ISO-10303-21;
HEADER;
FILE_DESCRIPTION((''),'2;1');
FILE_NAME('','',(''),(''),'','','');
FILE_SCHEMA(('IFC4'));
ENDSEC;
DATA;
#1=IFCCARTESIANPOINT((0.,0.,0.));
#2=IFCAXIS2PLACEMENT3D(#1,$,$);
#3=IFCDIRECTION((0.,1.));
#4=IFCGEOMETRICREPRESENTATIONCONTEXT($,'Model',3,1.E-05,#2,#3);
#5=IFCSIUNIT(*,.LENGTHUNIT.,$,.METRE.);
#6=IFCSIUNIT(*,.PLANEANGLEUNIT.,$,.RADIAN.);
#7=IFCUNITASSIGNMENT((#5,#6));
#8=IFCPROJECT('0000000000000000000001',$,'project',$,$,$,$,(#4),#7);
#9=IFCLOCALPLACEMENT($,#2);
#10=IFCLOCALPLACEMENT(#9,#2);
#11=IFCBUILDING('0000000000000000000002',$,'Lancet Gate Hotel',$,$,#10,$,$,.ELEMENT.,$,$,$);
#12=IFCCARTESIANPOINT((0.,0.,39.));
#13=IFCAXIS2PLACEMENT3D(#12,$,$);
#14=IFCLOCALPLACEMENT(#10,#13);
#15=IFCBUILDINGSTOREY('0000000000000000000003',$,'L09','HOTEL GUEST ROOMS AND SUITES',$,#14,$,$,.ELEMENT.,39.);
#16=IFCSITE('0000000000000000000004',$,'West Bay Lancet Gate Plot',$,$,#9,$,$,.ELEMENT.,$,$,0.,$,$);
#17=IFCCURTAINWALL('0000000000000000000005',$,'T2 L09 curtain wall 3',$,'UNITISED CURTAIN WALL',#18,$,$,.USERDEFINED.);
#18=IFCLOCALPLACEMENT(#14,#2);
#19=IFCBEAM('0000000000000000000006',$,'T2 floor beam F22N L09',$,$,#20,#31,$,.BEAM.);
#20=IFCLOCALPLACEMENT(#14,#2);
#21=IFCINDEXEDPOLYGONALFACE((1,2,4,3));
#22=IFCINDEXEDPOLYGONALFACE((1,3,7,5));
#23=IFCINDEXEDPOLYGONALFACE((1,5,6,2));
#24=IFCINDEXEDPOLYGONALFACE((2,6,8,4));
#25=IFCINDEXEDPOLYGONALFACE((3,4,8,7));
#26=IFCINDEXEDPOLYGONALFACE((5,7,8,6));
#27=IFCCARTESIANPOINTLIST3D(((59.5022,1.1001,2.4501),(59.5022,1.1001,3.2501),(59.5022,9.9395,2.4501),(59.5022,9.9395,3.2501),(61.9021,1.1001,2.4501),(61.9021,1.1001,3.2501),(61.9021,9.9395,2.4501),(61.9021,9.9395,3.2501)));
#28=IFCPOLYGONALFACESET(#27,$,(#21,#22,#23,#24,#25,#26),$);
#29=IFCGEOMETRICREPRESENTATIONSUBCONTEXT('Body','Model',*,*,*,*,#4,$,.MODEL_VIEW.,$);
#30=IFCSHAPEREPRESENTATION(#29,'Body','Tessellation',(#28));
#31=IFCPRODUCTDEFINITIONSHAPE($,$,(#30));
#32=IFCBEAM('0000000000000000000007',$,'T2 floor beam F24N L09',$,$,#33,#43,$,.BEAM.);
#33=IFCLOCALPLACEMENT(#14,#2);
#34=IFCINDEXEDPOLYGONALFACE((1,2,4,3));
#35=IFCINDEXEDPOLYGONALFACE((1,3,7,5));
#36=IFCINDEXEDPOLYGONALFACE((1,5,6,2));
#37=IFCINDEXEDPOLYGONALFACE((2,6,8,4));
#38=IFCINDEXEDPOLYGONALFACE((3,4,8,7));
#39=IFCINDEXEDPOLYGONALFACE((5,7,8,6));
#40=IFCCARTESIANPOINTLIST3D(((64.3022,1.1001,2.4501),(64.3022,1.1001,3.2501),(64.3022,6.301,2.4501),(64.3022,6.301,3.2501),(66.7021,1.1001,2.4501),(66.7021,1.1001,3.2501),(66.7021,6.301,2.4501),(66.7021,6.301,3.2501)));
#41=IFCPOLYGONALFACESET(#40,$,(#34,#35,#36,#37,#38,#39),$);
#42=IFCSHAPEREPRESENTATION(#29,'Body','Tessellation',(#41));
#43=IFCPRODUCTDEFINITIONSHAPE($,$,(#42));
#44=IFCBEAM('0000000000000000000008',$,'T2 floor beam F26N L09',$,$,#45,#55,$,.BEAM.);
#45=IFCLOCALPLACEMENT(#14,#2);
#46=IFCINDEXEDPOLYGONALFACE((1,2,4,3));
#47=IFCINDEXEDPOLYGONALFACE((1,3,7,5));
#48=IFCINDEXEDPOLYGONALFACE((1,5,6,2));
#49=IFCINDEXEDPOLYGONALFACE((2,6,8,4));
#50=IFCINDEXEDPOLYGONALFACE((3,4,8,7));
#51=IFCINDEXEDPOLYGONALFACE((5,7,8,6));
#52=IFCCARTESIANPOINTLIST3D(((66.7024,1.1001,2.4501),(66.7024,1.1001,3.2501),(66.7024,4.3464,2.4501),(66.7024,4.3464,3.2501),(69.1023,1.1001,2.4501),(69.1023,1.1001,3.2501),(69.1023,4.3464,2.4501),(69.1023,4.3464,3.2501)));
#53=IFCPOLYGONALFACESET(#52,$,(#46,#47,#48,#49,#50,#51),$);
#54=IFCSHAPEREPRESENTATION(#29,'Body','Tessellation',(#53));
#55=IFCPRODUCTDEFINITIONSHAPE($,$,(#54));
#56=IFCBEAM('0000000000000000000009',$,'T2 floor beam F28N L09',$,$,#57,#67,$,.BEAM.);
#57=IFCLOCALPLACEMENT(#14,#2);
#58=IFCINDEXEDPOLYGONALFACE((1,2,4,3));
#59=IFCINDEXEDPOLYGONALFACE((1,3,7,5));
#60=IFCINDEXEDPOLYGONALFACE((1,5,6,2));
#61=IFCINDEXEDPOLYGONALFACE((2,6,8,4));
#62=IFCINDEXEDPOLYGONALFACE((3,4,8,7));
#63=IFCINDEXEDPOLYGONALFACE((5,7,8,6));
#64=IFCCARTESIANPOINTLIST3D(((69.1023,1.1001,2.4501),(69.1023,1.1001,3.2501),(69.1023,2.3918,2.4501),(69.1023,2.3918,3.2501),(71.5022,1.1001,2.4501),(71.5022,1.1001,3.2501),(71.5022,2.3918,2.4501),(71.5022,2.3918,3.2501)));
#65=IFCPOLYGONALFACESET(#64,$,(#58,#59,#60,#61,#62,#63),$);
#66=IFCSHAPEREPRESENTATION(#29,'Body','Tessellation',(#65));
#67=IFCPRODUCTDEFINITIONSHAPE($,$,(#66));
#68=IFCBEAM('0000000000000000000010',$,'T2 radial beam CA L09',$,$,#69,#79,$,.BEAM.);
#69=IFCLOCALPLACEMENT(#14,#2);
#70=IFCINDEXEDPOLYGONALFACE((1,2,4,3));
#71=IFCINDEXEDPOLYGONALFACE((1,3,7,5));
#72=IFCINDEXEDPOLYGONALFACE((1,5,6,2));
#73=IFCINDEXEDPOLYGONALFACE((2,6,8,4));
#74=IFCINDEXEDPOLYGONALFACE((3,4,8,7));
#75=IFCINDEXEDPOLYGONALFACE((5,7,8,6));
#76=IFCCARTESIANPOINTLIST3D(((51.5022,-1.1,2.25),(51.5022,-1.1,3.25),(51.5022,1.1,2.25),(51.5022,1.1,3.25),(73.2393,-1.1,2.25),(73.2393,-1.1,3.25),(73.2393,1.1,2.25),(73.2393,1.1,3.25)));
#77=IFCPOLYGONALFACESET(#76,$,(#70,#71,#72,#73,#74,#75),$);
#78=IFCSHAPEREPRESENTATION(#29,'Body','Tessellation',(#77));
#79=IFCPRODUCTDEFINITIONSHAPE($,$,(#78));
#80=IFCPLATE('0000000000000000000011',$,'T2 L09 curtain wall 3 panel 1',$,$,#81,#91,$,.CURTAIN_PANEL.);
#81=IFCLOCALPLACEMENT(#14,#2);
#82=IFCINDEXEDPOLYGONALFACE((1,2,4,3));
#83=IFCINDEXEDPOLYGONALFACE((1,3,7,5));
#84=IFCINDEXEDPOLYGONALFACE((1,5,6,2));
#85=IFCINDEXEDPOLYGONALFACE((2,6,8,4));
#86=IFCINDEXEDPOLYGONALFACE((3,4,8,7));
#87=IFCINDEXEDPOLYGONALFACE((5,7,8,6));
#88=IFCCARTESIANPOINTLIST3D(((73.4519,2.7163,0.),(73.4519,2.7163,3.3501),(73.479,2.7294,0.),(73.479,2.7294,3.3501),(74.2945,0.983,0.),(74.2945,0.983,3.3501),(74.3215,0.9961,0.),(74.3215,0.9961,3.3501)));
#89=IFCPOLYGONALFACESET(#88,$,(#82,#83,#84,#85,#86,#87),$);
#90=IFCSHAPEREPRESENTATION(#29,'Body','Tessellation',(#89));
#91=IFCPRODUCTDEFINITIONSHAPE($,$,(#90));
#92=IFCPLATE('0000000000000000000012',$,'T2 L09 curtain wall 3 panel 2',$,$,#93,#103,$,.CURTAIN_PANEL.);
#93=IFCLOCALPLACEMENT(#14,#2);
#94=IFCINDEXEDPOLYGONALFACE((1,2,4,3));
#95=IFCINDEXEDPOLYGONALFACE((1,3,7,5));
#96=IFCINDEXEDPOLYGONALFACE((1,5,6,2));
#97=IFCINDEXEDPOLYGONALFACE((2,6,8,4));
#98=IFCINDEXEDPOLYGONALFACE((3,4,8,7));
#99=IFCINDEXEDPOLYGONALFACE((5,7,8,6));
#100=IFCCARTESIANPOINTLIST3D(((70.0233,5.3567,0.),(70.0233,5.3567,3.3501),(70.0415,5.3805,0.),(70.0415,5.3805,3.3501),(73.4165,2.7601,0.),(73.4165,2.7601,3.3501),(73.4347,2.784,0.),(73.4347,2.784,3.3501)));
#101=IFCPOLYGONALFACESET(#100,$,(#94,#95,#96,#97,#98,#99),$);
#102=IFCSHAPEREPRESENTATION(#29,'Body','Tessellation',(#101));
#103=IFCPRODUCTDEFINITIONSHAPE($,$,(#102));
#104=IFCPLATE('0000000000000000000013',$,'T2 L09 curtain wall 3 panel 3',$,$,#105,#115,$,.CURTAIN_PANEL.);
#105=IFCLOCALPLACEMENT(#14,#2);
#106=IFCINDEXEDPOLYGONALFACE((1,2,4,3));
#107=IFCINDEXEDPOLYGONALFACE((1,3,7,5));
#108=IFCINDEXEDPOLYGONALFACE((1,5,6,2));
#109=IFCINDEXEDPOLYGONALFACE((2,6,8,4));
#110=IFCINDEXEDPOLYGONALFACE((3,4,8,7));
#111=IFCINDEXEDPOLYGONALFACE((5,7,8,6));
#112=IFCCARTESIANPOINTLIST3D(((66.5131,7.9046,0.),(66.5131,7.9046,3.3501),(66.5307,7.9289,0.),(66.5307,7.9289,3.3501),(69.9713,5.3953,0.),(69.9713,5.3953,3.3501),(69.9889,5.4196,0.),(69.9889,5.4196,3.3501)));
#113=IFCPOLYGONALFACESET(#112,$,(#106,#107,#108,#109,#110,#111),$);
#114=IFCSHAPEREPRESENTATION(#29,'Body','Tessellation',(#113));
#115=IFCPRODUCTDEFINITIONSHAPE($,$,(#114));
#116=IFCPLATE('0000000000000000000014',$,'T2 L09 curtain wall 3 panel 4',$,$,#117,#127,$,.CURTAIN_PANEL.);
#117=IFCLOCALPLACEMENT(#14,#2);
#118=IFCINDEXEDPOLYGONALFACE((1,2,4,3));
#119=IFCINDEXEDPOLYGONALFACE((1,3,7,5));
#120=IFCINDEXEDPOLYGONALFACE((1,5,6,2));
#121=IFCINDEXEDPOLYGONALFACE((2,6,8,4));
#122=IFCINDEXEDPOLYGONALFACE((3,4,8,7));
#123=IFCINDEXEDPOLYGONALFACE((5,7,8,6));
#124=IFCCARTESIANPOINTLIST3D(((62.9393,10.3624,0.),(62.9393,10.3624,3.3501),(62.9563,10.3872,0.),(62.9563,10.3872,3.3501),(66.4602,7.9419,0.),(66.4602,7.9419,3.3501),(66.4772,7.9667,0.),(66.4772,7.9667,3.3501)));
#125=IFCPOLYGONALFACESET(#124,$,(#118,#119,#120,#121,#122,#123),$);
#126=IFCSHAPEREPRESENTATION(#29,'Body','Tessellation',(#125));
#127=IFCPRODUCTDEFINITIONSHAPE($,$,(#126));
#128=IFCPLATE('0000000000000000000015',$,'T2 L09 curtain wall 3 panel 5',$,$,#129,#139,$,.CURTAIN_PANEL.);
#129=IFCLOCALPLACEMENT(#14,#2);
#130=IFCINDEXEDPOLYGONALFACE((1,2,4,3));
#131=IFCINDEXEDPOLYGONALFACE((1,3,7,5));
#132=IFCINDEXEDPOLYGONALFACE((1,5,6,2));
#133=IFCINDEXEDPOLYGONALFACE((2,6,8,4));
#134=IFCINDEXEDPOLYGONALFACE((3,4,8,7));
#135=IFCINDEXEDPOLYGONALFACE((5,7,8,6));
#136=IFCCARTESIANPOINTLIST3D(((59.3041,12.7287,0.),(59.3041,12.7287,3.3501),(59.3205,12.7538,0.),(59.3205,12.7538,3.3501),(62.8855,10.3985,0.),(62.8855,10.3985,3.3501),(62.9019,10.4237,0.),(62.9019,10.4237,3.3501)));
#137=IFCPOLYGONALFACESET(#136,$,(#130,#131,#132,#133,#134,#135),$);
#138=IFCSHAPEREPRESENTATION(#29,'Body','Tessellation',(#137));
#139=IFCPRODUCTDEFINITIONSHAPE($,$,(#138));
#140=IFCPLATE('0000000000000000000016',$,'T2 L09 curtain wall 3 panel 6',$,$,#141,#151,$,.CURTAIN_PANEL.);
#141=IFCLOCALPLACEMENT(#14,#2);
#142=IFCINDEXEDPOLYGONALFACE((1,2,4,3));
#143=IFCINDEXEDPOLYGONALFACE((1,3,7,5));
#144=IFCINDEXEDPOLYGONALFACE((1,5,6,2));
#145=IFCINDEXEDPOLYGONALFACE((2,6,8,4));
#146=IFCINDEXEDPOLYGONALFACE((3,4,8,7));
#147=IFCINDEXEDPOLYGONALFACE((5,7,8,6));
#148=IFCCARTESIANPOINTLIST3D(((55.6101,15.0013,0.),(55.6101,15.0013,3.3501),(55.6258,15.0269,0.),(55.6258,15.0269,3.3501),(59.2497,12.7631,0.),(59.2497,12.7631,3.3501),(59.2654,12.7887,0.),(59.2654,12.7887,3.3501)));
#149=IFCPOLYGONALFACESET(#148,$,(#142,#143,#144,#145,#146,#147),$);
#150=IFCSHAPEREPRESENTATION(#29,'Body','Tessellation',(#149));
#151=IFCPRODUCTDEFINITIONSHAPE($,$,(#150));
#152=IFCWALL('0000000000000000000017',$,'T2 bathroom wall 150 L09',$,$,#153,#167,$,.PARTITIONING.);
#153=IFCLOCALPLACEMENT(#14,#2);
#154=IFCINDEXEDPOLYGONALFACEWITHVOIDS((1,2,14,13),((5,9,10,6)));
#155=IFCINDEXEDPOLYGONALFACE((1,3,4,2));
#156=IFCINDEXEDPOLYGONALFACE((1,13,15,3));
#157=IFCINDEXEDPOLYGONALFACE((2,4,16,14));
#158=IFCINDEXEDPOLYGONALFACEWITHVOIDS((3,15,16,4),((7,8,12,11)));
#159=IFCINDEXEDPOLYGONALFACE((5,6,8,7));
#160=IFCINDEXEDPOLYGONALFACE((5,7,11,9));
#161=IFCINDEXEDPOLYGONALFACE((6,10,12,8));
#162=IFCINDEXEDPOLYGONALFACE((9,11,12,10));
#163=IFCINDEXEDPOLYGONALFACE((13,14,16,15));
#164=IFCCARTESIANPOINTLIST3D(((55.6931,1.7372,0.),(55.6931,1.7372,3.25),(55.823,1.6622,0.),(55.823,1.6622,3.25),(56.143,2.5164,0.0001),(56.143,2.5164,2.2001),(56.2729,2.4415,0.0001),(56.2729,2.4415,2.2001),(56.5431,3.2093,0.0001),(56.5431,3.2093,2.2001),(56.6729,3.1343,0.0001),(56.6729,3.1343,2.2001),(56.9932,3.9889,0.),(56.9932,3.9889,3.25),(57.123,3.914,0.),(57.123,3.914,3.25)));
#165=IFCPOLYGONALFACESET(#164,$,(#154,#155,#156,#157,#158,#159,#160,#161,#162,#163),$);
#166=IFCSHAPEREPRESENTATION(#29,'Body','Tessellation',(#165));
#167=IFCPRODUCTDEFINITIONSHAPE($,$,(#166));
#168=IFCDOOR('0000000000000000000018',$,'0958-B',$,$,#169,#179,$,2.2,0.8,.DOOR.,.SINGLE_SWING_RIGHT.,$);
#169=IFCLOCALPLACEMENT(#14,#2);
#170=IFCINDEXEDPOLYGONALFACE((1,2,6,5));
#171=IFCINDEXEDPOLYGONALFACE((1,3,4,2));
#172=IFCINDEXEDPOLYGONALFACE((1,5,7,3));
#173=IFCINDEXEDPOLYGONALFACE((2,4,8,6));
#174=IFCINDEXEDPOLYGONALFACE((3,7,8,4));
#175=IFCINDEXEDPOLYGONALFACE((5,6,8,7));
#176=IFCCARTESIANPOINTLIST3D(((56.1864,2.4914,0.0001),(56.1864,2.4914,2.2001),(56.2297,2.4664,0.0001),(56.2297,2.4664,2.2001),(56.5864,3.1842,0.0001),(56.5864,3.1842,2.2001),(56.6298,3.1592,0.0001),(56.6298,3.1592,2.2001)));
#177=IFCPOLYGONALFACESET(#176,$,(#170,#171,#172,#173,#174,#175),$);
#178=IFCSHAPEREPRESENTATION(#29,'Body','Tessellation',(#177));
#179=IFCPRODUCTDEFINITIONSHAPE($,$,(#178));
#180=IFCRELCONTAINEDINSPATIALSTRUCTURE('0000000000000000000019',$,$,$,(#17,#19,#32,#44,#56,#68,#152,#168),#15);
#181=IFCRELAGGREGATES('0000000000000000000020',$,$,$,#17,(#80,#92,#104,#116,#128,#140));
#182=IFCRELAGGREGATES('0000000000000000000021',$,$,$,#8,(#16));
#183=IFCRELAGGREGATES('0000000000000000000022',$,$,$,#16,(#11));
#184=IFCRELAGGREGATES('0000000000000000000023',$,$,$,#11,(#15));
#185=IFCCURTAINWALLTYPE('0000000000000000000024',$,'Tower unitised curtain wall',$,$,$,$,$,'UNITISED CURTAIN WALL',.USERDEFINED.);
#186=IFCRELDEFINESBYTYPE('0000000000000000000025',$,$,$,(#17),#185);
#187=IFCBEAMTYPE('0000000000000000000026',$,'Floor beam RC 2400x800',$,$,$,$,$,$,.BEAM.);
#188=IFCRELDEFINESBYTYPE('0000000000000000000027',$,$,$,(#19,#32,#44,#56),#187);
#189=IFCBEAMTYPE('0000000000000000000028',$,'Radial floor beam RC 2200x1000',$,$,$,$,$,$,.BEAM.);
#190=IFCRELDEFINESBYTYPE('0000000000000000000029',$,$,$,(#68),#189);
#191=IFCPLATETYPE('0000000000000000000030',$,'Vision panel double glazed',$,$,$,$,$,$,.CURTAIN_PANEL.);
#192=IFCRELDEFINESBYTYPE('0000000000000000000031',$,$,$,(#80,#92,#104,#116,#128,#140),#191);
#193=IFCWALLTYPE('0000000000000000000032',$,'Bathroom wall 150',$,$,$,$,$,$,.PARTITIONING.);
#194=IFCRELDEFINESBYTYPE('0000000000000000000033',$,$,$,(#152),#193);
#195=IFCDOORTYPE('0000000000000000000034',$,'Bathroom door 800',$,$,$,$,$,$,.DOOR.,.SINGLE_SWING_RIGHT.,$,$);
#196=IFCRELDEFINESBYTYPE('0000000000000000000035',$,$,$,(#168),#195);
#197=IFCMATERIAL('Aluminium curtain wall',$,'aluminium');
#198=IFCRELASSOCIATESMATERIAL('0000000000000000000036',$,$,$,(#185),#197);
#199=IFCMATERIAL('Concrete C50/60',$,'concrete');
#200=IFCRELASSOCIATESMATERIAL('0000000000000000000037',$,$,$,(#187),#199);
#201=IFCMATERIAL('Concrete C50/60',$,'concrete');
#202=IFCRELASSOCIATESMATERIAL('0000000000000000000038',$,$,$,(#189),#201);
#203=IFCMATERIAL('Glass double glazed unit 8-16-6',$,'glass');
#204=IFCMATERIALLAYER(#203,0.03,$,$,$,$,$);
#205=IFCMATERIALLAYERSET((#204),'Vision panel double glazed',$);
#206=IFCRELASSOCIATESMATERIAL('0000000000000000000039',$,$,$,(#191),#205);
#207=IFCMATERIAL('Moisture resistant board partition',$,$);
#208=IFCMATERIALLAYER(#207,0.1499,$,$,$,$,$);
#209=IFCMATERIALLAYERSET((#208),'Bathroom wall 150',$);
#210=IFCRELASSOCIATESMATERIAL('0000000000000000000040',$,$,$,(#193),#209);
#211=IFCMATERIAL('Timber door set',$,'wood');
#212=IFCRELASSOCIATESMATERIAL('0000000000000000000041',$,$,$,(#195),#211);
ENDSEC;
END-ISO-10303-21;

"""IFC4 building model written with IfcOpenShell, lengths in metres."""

from ifc_helpers import new_model, si_unit, direction, frame, frame_2d, origin, origin_2d, place, context, subcontext, project, spatial, rectangle, extrude, material, layer, layer_set, material_profile, profile_set, type_object, element, fill, aggregate, save


model = new_model("IFC4")

# Units and contexts
model_context = context("Model", 3, precision=1e-05, world=origin(), true_north=direction((0.0, 1.0)))
body_context = subcontext(model_context, "Body", "Model", "MODEL_VIEW")
ifc_project = project(units=[si_unit("LENGTHUNIT", "METRE"), si_unit("PLANEANGLEUNIT", "RADIAN")], contexts=[model_context])

# Site, building, storey
site_placement = place(None, origin())
site = spatial("IfcSite", under=ifc_project, at=site_placement, Name="West Bay Lancet Gate Plot", CompositionType="ELEMENT", RefElevation=0.0)
building_placement = place(site_placement, origin())
building = spatial("IfcBuilding", under=site, at=building_placement, Name="Lancet Gate Hotel", CompositionType="ELEMENT")
storey_placement = place(building_placement, frame((0.0, 0.0, 39.0)))
storey = spatial("IfcBuildingStorey", under=building, at=storey_placement, Name="L09", Description="HOTEL GUEST ROOMS AND SUITES", CompositionType="ELEMENT", Elevation=39.0)

# Curtain wall
ifc_material_1 = material(Name="Aluminium curtain wall", Category="aluminium")
curtain_wall_type = type_object("IfcCurtainWallType", Name="Tower unitised curtain wall", ElementType="UNITISED CURTAIN WALL", PredefinedType="USERDEFINED", material=ifc_material_1)
curtain_wall_placement = place(storey_placement, origin())
curtain_wall = element("IfcCurtainWall", 1, at=curtain_wall_placement, inside=storey, type_object=curtain_wall_type, Name="T2 L09 curtain wall 3", ObjectType="UNITISED CURTAIN WALL", PredefinedType="USERDEFINED")

# Beams
ifc_material_2 = material(Name="Concrete C50/60", Category="concrete")
ifc_material_profile_1 = material_profile(ifc_material_2, rectangle(XDim=2.3999, YDim=0.8, at=origin_2d()), Name="RC 2400x800")
ifc_profile_set_1 = profile_set([ifc_material_profile_1], Name="Concrete C50/60")
beam_type_1 = type_object("IfcBeamType", Name="Floor beam RC 2400x800", PredefinedType="BEAM", material=ifc_profile_set_1)
beam_1_placement = place(storey_placement, frame((60.7021, 1.1001, 2.8501), z_axis=(0.0, 1.0, 0.0), x_axis=(-1.0, 0.0, 0.0)))
element("IfcBeam", 2, at=beam_1_placement, inside=storey, type_object=beam_type_1, Name="T2 floor beam F22N L09", PredefinedType="BEAM", context=body_context, shape_type="SweptSolid", body=[
    extrude(rectangle(XDim=2.3999, YDim=0.8, at=origin_2d()), origin(), (0.0, 0.0, 1.0), 8.8394),
])
beam_2_placement = place(storey_placement, frame((65.5022, 1.1001, 2.8501), z_axis=(0.0, 1.0, 0.0), x_axis=(-1.0, 0.0, 0.0)))
element("IfcBeam", 3, at=beam_2_placement, inside=storey, type_object=beam_type_1, Name="T2 floor beam F24N L09", PredefinedType="BEAM", context=body_context, shape_type="SweptSolid", body=[
    extrude(rectangle(XDim=2.3999, YDim=0.8, at=origin_2d()), origin(), (0.0, 0.0, 1.0), 5.2009),
])
beam_3_placement = place(storey_placement, frame((67.9023, 1.1001, 2.8501), z_axis=(0.0, 1.0, 0.0), x_axis=(-1.0, 0.0, 0.0)))
element("IfcBeam", 4, at=beam_3_placement, inside=storey, type_object=beam_type_1, Name="T2 floor beam F26N L09", PredefinedType="BEAM", context=body_context, shape_type="SweptSolid", body=[
    extrude(rectangle(XDim=2.3999, YDim=0.8, at=origin_2d()), origin(), (0.0, 0.0, 1.0), 3.2463),
])
beam_4_placement = place(storey_placement, frame((70.3022, 1.1001, 2.8501), z_axis=(0.0, 1.0, 0.0), x_axis=(-1.0, 0.0, 0.0)))
element("IfcBeam", 5, at=beam_4_placement, inside=storey, type_object=beam_type_1, Name="T2 floor beam F28N L09", PredefinedType="BEAM", context=body_context, shape_type="SweptSolid", body=[
    extrude(rectangle(XDim=2.3999, YDim=0.8, at=origin_2d()), origin(), (0.0, 0.0, 1.0), 1.2917),
])
ifc_material_3 = material(Name="Concrete C50/60", Category="concrete")
ifc_material_profile_2 = material_profile(ifc_material_3, rectangle(XDim=2.2, YDim=1.0, at=origin_2d()), Name="RC 2200x1000")
ifc_profile_set_2 = profile_set([ifc_material_profile_2], Name="Concrete C50/60")
beam_type_2 = type_object("IfcBeamType", Name="Radial floor beam RC 2200x1000", PredefinedType="BEAM", material=ifc_profile_set_2)
beam_5_placement = place(storey_placement, frame((73.2393, 0.0, 2.75), z_axis=(-1.0, 0.0, 0.0), x_axis=(0.0, -1.0, 0.0)))
element("IfcBeam", 6, at=beam_5_placement, inside=storey, type_object=beam_type_2, Name="T2 radial beam CA L09", PredefinedType="BEAM", context=body_context, shape_type="SweptSolid", body=[
    extrude(rectangle(XDim=2.2, YDim=1.0, at=origin_2d()), origin(), (0.0, 0.0, 1.0), 21.7371),
])

# Plates
ifc_material_4 = material(Name="Glass double glazed unit 8-16-6", Category="glass")
ifc_layer_1 = layer(ifc_material_4, 0.03)
ifc_layer_set_1 = layer_set([ifc_layer_1], Name="Vision panel double glazed")
plate_type = type_object("IfcPlateType", Name="Vision panel double glazed", PredefinedType="CURTAIN_PANEL", material=ifc_layer_set_1)
plate_1_placement = place(storey_placement, frame((73.8867, 1.8562, 0.0), z_axis=(0.0, 0.0, 1.0), x_axis=(-0.437169, 0.899379, 0.0)))
plate_1 = element("IfcPlate", 7, at=plate_1_placement, type_object=plate_type, Name="T2 L09 curtain wall 3 panel 1", PredefinedType="CURTAIN_PANEL", context=body_context, shape_type="SweptSolid", body=[
    extrude(rectangle(XDim=1.9272, YDim=0.03, at=origin_2d()), origin(), (0.0, 0.0, 1.0), 3.3501),
])
plate_2_placement = place(storey_placement, frame((71.729, 4.0703, 0.0), z_axis=(0.0, 0.0, 1.0), x_axis=(-0.79416, 0.607709, 0.0)))
plate_2 = element("IfcPlate", 8, at=plate_2_placement, type_object=plate_type, Name="T2 L09 curtain wall 3 panel 2", PredefinedType="CURTAIN_PANEL", context=body_context, shape_type="SweptSolid", body=[
    extrude(rectangle(XDim=4.2727, YDim=0.03, at=origin_2d()), origin(), (0.0, 0.0, 1.0), 3.3501),
])
plate_3_placement = place(storey_placement, frame((68.251, 6.6621, 0.0), z_axis=(0.0, 0.0, 1.0), x_axis=(-0.80937, 0.587299, 0.0)))
plate_3 = element("IfcPlate", 9, at=plate_3_placement, type_object=plate_type, Name="T2 L09 curtain wall 3 panel 3", PredefinedType="CURTAIN_PANEL", context=body_context, shape_type="SweptSolid", body=[
    extrude(rectangle(XDim=4.2727, YDim=0.03, at=origin_2d()), origin(), (0.0, 0.0, 1.0), 3.3501),
])
plate_4_placement = place(storey_placement, frame((64.7083, 9.1646, 0.0), z_axis=(0.0, 0.0, 1.0), x_axis=(-0.824055, 0.566509, 0.0)))
plate_4 = element("IfcPlate", 10, at=plate_4_placement, type_object=plate_type, Name="T2 L09 curtain wall 3 panel 4", PredefinedType="CURTAIN_PANEL", context=body_context, shape_type="SweptSolid", body=[
    extrude(rectangle(XDim=4.2727, YDim=0.03, at=origin_2d()), origin(), (0.0, 0.0, 1.0), 3.3501),
])
plate_5_placement = place(storey_placement, frame((61.103, 11.5762, 0.0), z_axis=(0.0, 0.0, 1.0), x_axis=(-0.838207, 0.545353, 0.0)))
plate_5 = element("IfcPlate", 11, at=plate_5_placement, type_object=plate_type, Name="T2 L09 curtain wall 3 panel 5", PredefinedType="CURTAIN_PANEL", context=body_context, shape_type="SweptSolid", body=[
    extrude(rectangle(XDim=4.2727, YDim=0.03, at=origin_2d()), origin(), (0.0, 0.0, 1.0), 3.3501),
])
plate_6_placement = place(storey_placement, frame((57.4377, 13.895, 0.0), z_axis=(0.0, 0.0, 1.0), x_axis=(-0.851815, 0.523842, 0.0)))
plate_6 = element("IfcPlate", 12, at=plate_6_placement, type_object=plate_type, Name="T2 L09 curtain wall 3 panel 6", PredefinedType="CURTAIN_PANEL", context=body_context, shape_type="SweptSolid", body=[
    extrude(rectangle(XDim=4.2727, YDim=0.03, at=origin_2d()), origin(), (0.0, 0.0, 1.0), 3.3501),
])
aggregate(curtain_wall, [plate_1, plate_2, plate_3, plate_4, plate_5, plate_6])

# Wall, opening, door
ifc_material_5 = material(Name="Moisture resistant board partition")
ifc_layer_2 = layer(ifc_material_5, 0.1499)
ifc_layer_set_2 = layer_set([ifc_layer_2], Name="Bathroom wall 150")
wall_type = type_object("IfcWallType", Name="Bathroom wall 150", PredefinedType="PARTITIONING", material=ifc_layer_set_2)
wall_placement = place(storey_placement, frame((55.7581, 1.6997, 0.0), z_axis=(0.0, 0.0, 1.0), x_axis=(0.500007, 0.866021, 0.0)))
wall = element("IfcWall", 13, at=wall_placement, inside=storey, type_object=wall_type, Name="T2 bathroom wall 150 L09", PredefinedType="PARTITIONING", context=body_context, shape_type="SweptSolid", body=[
    extrude(rectangle(XDim=2.6001, YDim=0.1499, at=frame_2d((1.3, 0.0))), origin(), (0.0, 0.0, 1.0), 3.25),
])
opening_placement = place(wall_placement, frame((0.8999, 0.0, 0.0)))
opening = element("IfcOpeningElement", 14, at=opening_placement, cuts=wall, PredefinedType="OPENING", context=body_context, shape_type="SweptSolid", body=[
    extrude(rectangle(XDim=0.8, YDim=2.2, at=frame_2d((0.3999, 1.1001))), frame((0.0, 0.085, 0.0), z_axis=(0.0, -1.0, 0.0), x_axis=(1.0, 0.0, 0.0)), (0.0, 0.0, 1.0), 0.1699),
])
ifc_material_6 = material(Name="Timber door set", Category="wood")
door_type = type_object("IfcDoorType", Name="Bathroom door 800", OperationType="SINGLE_SWING_RIGHT", PredefinedType="DOOR", material=ifc_material_6)
door_placement = place(opening_placement, origin())
door = element("IfcDoor", 15, at=door_placement, inside=storey, type_object=door_type, Name="0958-B", OperationType="SINGLE_SWING_RIGHT", OverallHeight=2.2, OverallWidth=0.8, PredefinedType="DOOR", context=body_context, shape_type="SweptSolid", body=[
    extrude(rectangle(XDim=0.8, YDim=2.2, at=frame_2d((0.3999, 1.1001))), frame((0.0, 0.0249, 0.0), z_axis=(0.0, -1.0, 0.0), x_axis=(1.0, 0.0, 0.0)), (0.0, 0.0, 1.0), 0.05),
])
fill(opening, door)

save(model, "model.ifc")
